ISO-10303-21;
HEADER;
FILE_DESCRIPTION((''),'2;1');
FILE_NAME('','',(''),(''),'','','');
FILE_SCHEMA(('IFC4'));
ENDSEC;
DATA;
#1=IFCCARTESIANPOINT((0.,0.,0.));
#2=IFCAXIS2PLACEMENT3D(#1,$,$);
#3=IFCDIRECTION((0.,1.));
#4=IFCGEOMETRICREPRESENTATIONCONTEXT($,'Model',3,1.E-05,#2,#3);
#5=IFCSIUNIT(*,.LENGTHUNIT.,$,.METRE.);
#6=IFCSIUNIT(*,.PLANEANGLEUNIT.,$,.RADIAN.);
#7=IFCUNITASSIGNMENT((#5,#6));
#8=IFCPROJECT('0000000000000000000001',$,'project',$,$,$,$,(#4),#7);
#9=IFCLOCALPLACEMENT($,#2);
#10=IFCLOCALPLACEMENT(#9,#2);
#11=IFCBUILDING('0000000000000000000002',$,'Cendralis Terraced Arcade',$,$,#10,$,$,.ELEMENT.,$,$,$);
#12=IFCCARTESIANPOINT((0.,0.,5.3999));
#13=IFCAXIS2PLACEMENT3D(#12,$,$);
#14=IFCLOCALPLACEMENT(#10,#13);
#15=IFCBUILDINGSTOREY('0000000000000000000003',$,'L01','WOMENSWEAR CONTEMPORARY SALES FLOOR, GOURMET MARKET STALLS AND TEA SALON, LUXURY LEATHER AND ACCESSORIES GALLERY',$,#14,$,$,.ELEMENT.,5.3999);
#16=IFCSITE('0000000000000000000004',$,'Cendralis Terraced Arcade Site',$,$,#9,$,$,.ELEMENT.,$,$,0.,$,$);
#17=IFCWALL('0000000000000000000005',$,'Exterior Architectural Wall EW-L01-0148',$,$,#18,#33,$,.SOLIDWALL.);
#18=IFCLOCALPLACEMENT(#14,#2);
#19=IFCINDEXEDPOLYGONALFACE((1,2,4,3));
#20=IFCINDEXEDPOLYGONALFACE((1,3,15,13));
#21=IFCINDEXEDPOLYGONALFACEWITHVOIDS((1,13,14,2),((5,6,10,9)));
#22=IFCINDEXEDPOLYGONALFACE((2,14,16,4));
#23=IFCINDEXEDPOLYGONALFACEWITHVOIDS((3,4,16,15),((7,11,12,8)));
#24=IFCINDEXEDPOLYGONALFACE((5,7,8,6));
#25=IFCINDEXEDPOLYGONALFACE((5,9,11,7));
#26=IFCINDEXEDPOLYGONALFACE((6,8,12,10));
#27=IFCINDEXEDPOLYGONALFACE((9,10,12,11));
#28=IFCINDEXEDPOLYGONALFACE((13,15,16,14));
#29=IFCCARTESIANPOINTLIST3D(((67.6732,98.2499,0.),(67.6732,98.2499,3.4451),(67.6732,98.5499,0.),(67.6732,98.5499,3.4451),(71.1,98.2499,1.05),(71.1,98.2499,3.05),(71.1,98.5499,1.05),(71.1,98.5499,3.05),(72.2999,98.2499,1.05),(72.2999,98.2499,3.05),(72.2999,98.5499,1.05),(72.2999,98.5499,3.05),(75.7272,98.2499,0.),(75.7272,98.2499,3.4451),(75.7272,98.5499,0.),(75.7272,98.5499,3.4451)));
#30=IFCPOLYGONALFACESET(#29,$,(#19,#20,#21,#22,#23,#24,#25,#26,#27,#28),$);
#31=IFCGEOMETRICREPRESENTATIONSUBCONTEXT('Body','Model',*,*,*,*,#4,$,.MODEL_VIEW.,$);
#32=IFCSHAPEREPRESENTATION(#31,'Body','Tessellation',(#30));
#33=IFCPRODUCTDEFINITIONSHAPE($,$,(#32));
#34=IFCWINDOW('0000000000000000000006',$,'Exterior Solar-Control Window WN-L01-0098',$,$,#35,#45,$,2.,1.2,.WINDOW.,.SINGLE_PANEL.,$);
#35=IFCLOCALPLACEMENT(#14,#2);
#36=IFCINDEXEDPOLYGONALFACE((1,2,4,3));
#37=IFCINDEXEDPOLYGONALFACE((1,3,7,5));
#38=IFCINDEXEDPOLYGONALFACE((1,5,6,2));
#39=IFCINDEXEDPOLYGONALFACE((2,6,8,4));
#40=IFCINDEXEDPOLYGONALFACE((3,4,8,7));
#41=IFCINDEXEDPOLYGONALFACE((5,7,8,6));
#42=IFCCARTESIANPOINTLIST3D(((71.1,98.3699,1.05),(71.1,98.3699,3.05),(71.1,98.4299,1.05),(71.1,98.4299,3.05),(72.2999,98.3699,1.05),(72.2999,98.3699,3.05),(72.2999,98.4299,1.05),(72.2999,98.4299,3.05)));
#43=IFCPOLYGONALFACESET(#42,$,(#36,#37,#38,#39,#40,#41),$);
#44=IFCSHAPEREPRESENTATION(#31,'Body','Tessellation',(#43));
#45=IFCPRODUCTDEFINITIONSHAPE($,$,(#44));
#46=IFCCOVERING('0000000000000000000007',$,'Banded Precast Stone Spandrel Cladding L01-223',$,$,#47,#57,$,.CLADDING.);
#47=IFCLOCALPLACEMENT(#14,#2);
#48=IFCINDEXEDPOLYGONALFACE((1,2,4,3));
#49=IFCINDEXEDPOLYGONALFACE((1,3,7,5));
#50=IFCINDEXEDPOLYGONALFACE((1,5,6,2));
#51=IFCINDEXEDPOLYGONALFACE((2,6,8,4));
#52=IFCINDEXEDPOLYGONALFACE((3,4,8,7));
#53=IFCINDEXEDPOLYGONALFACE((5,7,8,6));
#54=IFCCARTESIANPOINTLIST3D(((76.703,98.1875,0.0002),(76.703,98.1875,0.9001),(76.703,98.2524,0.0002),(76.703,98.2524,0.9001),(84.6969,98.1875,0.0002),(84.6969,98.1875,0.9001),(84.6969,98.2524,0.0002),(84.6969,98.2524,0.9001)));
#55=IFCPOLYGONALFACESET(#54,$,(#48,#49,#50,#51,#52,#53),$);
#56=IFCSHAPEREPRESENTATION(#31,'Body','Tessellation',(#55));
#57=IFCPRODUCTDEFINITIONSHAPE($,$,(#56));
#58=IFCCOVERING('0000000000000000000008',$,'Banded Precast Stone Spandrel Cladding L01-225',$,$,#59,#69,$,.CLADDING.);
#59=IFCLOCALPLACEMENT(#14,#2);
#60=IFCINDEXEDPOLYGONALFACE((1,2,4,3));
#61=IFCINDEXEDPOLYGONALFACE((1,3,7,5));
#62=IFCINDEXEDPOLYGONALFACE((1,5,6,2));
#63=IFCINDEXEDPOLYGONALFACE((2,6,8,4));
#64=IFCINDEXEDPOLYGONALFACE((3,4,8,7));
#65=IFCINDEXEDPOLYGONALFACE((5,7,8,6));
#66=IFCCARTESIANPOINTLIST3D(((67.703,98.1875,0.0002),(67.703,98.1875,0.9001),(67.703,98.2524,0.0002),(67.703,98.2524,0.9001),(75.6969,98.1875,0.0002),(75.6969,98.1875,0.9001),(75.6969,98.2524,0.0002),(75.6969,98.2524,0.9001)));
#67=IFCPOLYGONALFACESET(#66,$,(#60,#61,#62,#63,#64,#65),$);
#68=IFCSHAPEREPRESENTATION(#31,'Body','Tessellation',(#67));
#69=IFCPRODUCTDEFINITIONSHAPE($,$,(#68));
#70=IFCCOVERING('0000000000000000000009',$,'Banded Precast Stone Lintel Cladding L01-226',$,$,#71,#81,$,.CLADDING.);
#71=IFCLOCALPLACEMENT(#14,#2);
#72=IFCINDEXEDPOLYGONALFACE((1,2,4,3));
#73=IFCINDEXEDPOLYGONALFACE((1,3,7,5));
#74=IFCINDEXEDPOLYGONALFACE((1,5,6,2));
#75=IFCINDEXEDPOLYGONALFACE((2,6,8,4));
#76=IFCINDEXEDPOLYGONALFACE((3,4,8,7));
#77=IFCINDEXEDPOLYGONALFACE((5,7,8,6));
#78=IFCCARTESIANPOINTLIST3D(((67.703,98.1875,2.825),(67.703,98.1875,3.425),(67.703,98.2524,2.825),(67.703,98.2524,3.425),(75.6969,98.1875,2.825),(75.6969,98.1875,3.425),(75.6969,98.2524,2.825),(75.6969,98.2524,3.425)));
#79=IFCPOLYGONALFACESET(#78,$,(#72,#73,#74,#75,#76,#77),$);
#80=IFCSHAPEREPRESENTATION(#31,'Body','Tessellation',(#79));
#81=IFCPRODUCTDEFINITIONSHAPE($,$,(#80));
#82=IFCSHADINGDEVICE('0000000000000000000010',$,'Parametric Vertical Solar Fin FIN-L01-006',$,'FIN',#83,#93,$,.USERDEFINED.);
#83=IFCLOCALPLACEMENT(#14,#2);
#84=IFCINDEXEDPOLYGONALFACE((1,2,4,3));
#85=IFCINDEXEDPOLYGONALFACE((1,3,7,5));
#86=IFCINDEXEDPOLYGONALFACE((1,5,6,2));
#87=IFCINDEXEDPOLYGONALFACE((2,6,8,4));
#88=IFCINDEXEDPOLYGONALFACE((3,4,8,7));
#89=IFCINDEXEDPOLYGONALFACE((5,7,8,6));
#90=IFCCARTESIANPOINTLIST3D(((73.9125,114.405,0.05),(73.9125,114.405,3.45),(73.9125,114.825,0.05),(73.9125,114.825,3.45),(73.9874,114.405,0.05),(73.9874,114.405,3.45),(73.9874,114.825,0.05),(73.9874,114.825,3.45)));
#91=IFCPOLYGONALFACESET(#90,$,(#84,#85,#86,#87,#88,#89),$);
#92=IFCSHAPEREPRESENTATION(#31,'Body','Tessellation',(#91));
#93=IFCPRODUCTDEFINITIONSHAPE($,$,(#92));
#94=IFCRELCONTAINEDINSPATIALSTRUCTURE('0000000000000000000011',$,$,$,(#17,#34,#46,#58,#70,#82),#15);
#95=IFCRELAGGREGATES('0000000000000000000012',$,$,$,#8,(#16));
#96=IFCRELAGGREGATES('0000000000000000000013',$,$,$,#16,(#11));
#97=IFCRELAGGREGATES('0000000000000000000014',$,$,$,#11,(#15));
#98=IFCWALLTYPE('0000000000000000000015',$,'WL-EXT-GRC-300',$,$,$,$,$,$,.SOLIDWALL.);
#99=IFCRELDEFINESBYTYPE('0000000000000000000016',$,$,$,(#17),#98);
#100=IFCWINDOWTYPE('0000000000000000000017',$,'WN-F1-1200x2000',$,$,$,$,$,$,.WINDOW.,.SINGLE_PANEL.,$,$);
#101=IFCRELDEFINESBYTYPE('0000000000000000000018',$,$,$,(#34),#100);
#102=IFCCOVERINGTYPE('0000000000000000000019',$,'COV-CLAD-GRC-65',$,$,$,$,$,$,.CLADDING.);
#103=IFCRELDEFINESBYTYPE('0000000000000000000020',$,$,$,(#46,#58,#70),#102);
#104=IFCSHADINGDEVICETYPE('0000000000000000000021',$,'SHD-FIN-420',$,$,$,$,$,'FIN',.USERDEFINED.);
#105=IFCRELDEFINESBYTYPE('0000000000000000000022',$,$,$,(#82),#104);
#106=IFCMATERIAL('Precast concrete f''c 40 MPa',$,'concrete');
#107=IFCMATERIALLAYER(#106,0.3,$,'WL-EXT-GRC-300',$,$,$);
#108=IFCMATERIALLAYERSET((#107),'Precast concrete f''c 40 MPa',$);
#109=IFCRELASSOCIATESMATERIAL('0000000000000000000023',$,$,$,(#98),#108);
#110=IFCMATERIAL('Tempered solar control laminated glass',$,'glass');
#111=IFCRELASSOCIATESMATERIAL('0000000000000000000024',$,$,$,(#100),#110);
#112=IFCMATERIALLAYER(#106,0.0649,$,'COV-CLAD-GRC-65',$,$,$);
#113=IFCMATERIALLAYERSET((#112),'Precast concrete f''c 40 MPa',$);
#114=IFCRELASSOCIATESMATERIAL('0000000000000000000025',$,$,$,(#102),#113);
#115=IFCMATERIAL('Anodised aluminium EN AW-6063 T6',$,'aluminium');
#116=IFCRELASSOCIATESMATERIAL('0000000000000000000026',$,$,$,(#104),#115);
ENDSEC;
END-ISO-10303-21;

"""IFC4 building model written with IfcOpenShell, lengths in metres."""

from ifc_helpers import new_model, si_unit, direction, frame, frame_2d, origin, origin_2d, place, context, subcontext, project, spatial, rectangle, extrude, material, layer, layer_set, type_object, element, fill, save


model = new_model("IFC4")

# Units and contexts
model_context = context("Model", 3, precision=1e-05, world=origin(), true_north=direction((0.0, 1.0)))
body_context = subcontext(model_context, "Body", "Model", "MODEL_VIEW")
ifc_project = project(units=[si_unit("LENGTHUNIT", "METRE"), si_unit("PLANEANGLEUNIT", "RADIAN")], contexts=[model_context])

# Site, building, storey
site_placement = place(None, origin())
site = spatial("IfcSite", under=ifc_project, at=site_placement, Name="Cendralis Terraced Arcade Site", CompositionType="ELEMENT", RefElevation=0.0)
building_placement = place(site_placement, origin())
building = spatial("IfcBuilding", under=site, at=building_placement, Name="Cendralis Terraced Arcade", CompositionType="ELEMENT")
storey_placement = place(building_placement, frame((0.0, 0.0, 5.3999)))
storey = spatial("IfcBuildingStorey", under=building, at=storey_placement, Name="L01", Description="WOMENSWEAR CONTEMPORARY SALES FLOOR, GOURMET MARKET STALLS AND TEA SALON, LUXURY LEATHER AND ACCESSORIES GALLERY", CompositionType="ELEMENT", Elevation=5.3999)

# Shared definitions
ifc_material_1 = material(Name="Anodised aluminium EN AW-6063 T6", Category="aluminium")
ifc_material_2 = material(Name="Tempered solar control laminated glass", Category="glass")

# Wall, opening, window
ifc_material_3 = material(Name="Precast concrete f'c 40 MPa", Category="concrete")
ifc_layer_1 = layer(ifc_material_3, 0.3, Name="WL-EXT-GRC-300")
ifc_layer_set_1 = layer_set([ifc_layer_1], Name="Precast concrete f'c 40 MPa")
wall_type = type_object("IfcWallType", Name="WL-EXT-GRC-300", PredefinedType="SOLIDWALL", material=ifc_layer_set_1)
wall_1_placement = place(storey_placement, frame((75.7271, 98.3999, 0.0), z_axis=(0.0, 0.0, 1.0), x_axis=(-1.0, 0.0, 0.0)))
wall_1 = element("IfcWall", 1, at=wall_1_placement, inside=storey, type_object=wall_type, Name="Exterior Architectural Wall EW-L01-0148", PredefinedType="SOLIDWALL", context=body_context, shape_type="SweptSolid", body=[
    extrude(rectangle(XDim=8.054, YDim=0.3, at=frame_2d((4.0269, 0.0))), origin(), (0.0, 0.0, 1.0), 3.4451),
])
opening_1_placement = place(wall_1_placement, frame((3.427, 0.0, 1.05)))
opening_1 = element("IfcOpeningElement", 2, at=opening_1_placement, cuts=wall_1, PredefinedType="OPENING", context=body_context, shape_type="SweptSolid", body=[
    extrude(rectangle(XDim=1.2, YDim=2.0, at=frame_2d((0.6001, 1.0))), frame((0.0, 0.1621, 0.0), z_axis=(0.0, -1.0, 0.0), x_axis=(1.0, 0.0, 0.0)), (0.0, 0.0, 1.0), 0.324),
])
window_type_1 = type_object("IfcWindowType", Name="WN-F1-1200x2000", PartitioningType="SINGLE_PANEL", PredefinedType="WINDOW", material=ifc_material_2)
window_1_placement = place(opening_1_placement, origin())
window_1 = element("IfcWindow", 3, at=window_1_placement, inside=storey, type_object=window_type_1, Name="Exterior Solar-Control Window WN-L01-0098", OverallHeight=2.0, OverallWidth=1.2, PartitioningType="SINGLE_PANEL", PredefinedType="WINDOW", context=body_context, shape_type="SweptSolid", body=[
    extrude(rectangle(XDim=1.2, YDim=2.0, at=frame_2d((0.6001, 1.0))), frame((0.0, 0.03, 0.0), z_axis=(0.0, -1.0, 0.0), x_axis=(1.0, 0.0, 0.0)), (0.0, 0.0, 1.0), 0.0601),
])
fill(opening_1, window_1)

# Coverings
ifc_layer_2 = layer(ifc_material_3, 0.0649, Name="COV-CLAD-GRC-65")
ifc_layer_set_2 = layer_set([ifc_layer_2], Name="Precast concrete f'c 40 MPa")
covering_type = type_object("IfcCoveringType", Name="COV-CLAD-GRC-65", PredefinedType="CLADDING", material=ifc_layer_set_2)
for number, where, z_axis, x_axis, name in (
    (4, (80.7, 98.22, 0.0002), (0.0, 0.0, 1.0), (-1.0, 0.0, 0.0), "Banded Precast Stone Spandrel Cladding L01-223"),
    (5, (71.7, 98.22, 0.0002), (0.0, 0.0, 1.0), (-1.0, 0.0, 0.0), "Banded Precast Stone Spandrel Cladding L01-225"),
):
    element("IfcCovering", number, at=place(storey_placement, frame(where, z_axis=z_axis, x_axis=x_axis)), inside=storey, type_object=covering_type, Name=name, PredefinedType="CLADDING", context=body_context, shape_type="SweptSolid", body=[
        extrude(rectangle(XDim=7.9939, YDim=0.0649, at=origin_2d()), origin(), (0.0, 0.0, 1.0), 0.8999),
    ])
covering_placement = place(storey_placement, frame((71.7, 98.22, 2.825), z_axis=(0.0, 0.0, 1.0), x_axis=(-1.0, 0.0, 0.0)))
element("IfcCovering", 6, at=covering_placement, inside=storey, type_object=covering_type, Name="Banded Precast Stone Lintel Cladding L01-226", PredefinedType="CLADDING", context=body_context, shape_type="SweptSolid", body=[
    extrude(rectangle(XDim=7.9939, YDim=0.0649, at=origin_2d()), origin(), (0.0, 0.0, 1.0), 0.6001),
])

# Shading device
shading_device_type = type_object("IfcShadingDeviceType", Name="SHD-FIN-420", ElementType="FIN", PredefinedType="USERDEFINED", material=ifc_material_1)
shading_device_placement = place(storey_placement, frame((73.95, 114.615, 0.05), z_axis=(0.0, 0.0, 1.0), x_axis=(1.0, 0.0, 0.0)))
element("IfcShadingDevice", 7, at=shading_device_placement, inside=storey, type_object=shading_device_type, Name="Parametric Vertical Solar Fin FIN-L01-006", ObjectType="FIN", PredefinedType="USERDEFINED", context=body_context, shape_type="SweptSolid", body=[
    extrude(rectangle(XDim=0.075, YDim=0.4199, at=origin_2d()), origin(), (0.0, 0.0, 1.0), 3.3999),
])

save(model, "model.ifc")
